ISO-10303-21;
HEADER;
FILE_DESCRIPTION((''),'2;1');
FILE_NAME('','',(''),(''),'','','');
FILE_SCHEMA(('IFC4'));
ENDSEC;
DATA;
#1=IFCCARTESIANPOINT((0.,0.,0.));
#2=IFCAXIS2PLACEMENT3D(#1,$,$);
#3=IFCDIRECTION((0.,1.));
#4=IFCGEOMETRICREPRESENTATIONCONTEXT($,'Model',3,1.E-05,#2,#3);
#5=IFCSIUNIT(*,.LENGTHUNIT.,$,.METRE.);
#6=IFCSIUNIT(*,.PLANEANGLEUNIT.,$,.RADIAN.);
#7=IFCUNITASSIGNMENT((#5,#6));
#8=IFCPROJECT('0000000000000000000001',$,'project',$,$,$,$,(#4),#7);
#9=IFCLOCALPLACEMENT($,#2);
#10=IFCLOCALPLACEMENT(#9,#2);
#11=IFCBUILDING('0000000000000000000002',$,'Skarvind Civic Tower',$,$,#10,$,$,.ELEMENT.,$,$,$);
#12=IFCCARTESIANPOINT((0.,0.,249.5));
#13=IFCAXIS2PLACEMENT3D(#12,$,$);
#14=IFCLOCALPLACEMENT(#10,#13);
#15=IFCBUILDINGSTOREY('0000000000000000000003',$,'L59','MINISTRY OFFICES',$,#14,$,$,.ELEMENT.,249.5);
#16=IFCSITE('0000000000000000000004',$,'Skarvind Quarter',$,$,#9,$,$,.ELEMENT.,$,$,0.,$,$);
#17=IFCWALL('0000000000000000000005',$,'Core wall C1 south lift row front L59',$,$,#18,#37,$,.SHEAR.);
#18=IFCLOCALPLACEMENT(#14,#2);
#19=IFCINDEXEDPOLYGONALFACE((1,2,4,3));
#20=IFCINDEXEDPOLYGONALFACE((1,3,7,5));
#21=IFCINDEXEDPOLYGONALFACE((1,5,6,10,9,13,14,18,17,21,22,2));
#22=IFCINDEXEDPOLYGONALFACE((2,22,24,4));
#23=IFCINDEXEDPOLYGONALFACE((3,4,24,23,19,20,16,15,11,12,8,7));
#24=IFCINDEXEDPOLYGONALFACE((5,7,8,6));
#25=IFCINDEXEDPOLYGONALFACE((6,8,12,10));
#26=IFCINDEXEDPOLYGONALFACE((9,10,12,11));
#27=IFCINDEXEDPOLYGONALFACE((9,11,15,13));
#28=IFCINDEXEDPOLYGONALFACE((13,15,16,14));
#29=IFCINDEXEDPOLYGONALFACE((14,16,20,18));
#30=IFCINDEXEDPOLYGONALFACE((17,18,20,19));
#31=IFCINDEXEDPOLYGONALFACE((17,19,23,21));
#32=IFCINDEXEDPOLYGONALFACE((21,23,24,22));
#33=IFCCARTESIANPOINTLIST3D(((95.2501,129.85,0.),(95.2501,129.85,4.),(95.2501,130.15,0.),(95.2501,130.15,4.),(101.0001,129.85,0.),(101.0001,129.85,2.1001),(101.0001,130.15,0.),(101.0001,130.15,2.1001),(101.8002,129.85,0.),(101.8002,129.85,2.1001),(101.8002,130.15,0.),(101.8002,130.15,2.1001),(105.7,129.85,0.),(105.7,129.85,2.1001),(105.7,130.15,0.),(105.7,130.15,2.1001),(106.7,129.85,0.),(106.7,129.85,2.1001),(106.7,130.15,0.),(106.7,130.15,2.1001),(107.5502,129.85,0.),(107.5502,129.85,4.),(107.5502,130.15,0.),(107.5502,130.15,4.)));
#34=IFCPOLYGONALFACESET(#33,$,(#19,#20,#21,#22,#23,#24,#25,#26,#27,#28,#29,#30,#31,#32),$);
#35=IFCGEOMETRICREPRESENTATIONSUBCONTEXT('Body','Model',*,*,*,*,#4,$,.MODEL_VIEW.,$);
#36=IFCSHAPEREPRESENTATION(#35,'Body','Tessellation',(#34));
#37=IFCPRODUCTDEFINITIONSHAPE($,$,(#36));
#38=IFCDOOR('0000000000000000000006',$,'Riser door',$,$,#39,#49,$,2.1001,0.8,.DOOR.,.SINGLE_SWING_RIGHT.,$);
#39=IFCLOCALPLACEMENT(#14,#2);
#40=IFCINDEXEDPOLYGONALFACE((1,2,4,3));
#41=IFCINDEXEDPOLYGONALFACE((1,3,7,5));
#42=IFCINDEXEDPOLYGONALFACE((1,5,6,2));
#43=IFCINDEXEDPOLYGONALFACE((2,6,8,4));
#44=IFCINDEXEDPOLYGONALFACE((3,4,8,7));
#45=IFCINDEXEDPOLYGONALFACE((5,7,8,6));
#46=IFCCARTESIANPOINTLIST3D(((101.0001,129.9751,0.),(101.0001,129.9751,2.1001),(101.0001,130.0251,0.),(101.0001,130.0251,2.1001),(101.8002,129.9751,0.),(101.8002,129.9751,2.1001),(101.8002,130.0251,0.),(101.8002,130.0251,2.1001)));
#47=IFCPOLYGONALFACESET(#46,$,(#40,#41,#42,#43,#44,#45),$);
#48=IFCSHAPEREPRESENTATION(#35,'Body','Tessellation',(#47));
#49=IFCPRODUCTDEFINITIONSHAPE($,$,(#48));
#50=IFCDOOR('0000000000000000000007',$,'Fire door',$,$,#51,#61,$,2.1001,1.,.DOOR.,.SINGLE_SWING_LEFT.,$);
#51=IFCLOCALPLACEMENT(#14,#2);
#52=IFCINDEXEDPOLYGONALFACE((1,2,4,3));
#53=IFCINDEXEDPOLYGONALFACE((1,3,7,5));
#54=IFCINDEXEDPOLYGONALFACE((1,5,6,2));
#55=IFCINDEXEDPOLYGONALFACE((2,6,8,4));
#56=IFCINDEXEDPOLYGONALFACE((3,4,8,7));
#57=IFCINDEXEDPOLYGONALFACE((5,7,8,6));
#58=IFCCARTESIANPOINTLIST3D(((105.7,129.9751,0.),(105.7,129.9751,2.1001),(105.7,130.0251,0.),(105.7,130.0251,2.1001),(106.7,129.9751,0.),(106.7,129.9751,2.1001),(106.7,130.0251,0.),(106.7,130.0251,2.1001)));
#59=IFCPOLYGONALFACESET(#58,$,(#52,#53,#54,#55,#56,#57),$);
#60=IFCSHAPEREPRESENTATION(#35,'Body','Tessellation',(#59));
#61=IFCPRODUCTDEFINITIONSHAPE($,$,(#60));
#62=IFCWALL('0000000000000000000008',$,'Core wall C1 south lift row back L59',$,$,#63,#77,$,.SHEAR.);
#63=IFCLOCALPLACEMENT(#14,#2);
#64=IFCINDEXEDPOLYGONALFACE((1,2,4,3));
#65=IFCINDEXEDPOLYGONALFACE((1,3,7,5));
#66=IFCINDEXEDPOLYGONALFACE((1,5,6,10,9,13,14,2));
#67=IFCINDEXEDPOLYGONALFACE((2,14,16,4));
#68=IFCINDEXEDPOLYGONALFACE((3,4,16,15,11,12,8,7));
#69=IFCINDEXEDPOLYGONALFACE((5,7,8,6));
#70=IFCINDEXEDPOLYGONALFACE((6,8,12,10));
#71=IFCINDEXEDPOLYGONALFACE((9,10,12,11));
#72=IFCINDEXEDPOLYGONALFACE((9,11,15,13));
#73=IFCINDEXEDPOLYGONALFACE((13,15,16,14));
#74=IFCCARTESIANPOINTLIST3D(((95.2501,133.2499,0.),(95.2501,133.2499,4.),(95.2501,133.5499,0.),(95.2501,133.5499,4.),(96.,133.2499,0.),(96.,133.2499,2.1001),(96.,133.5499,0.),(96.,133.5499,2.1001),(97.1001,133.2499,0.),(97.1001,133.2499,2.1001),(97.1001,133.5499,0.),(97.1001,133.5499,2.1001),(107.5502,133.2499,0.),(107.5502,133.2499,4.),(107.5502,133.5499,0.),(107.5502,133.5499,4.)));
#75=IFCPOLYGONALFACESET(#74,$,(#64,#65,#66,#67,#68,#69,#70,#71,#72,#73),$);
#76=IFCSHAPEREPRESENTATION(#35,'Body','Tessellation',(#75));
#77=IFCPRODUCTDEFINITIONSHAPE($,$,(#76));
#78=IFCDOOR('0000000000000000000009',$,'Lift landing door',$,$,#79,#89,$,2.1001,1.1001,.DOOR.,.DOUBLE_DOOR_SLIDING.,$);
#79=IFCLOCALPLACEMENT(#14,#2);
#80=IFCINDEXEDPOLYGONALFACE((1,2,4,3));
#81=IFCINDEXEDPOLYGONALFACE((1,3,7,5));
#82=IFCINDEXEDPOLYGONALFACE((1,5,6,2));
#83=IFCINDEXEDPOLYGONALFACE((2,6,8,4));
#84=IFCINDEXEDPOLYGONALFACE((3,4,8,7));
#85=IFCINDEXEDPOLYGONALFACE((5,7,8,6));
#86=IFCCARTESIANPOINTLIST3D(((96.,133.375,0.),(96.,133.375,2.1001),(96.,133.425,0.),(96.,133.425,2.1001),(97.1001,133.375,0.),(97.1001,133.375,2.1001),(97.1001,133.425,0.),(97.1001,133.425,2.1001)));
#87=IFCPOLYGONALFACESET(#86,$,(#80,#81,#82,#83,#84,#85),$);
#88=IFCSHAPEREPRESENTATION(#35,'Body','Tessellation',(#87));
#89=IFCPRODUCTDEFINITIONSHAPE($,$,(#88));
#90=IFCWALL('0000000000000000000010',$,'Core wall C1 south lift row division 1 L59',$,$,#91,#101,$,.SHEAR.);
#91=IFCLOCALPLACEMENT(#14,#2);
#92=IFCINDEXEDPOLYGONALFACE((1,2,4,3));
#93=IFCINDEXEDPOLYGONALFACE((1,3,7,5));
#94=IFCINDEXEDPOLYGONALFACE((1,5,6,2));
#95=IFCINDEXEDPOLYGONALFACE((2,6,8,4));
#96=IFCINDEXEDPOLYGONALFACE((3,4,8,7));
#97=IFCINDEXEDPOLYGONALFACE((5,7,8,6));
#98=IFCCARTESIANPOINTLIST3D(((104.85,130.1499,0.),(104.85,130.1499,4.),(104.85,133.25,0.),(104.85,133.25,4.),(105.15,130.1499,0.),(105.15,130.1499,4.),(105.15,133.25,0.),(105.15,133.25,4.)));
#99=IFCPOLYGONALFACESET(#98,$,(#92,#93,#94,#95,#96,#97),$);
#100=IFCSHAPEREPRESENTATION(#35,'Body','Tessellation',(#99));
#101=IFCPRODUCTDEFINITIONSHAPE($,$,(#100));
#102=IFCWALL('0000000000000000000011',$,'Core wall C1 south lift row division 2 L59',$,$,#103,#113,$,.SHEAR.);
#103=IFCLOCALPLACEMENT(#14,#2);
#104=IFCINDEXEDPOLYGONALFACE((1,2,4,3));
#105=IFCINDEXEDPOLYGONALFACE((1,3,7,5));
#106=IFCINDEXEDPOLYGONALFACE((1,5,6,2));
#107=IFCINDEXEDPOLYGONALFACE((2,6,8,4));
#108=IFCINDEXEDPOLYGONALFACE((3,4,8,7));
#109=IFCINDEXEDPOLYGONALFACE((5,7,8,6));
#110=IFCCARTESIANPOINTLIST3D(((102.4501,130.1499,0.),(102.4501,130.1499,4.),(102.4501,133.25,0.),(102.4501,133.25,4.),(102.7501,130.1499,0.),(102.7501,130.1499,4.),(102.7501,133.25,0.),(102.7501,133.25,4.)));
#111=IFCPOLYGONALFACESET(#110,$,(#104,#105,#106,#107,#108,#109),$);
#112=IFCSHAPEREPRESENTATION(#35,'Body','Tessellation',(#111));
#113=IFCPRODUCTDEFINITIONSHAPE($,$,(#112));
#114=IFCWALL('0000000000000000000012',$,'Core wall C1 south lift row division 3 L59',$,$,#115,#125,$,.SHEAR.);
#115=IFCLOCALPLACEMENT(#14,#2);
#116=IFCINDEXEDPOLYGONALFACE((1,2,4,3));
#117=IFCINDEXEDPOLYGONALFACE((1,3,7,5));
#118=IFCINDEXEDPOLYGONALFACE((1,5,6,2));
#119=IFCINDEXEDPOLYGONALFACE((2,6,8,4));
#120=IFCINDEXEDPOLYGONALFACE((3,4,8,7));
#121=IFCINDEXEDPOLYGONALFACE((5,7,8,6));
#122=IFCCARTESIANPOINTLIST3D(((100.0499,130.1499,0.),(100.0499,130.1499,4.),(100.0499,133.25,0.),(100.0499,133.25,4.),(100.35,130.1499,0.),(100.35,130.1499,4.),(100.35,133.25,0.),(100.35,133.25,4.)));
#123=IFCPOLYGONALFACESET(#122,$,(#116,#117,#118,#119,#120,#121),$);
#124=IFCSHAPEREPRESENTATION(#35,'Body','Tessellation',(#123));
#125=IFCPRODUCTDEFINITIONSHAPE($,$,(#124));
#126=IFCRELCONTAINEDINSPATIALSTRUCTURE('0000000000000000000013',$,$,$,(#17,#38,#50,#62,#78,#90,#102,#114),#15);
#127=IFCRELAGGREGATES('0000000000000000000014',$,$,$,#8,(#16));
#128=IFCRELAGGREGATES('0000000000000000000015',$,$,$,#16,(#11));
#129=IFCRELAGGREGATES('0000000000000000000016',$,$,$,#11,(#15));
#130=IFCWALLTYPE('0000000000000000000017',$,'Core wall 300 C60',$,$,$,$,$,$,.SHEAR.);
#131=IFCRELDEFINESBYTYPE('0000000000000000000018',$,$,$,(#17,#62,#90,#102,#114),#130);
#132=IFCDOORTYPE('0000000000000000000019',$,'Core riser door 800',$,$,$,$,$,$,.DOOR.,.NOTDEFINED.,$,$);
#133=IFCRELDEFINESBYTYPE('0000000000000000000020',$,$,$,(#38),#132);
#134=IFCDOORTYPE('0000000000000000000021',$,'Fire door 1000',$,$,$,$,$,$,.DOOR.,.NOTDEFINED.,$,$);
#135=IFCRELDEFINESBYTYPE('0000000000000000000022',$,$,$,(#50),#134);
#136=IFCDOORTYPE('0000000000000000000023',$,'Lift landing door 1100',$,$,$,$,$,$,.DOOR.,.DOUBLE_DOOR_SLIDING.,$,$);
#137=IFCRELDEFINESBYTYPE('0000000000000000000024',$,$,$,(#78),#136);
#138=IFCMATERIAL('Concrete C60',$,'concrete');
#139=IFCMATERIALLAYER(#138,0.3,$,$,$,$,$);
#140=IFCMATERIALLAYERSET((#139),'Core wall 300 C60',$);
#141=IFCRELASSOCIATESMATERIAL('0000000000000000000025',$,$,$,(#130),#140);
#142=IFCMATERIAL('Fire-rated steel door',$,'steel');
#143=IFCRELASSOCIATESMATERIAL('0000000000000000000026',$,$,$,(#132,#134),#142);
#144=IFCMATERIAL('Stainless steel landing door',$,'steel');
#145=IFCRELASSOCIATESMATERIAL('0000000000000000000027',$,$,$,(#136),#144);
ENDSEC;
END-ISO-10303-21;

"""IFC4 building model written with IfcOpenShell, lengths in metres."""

from ifc_helpers import new_model, si_unit, direction, frame, frame_2d, origin, place, context, subcontext, project, spatial, rectangle, extrude, material, layer, layer_set, type_object, element, fill, save


model = new_model("IFC4")

# Units and contexts
model_context = context("Model", 3, precision=1e-05, world=origin(), true_north=direction((0.0, 1.0)))
body_context = subcontext(model_context, "Body", "Model", "MODEL_VIEW")
ifc_project = project(units=[si_unit("LENGTHUNIT", "METRE"), si_unit("PLANEANGLEUNIT", "RADIAN")], contexts=[model_context])

# Site, building, storey
site_placement = place(None, origin())
site = spatial("IfcSite", under=ifc_project, at=site_placement, Name="Skarvind Quarter", CompositionType="ELEMENT", RefElevation=0.0)
building_placement = place(site_placement, origin())
building = spatial("IfcBuilding", under=site, at=building_placement, Name="Skarvind Civic Tower", CompositionType="ELEMENT")
storey_placement = place(building_placement, frame((0.0, 0.0, 249.5)))
storey = spatial("IfcBuildingStorey", under=building, at=storey_placement, Name="L59", Description="MINISTRY OFFICES", CompositionType="ELEMENT", Elevation=249.5)

# Wall, openings, doors
ifc_material_1 = material(Name="Concrete C60", Category="concrete")
ifc_layer_1 = layer(ifc_material_1, 0.3)
ifc_layer_set_1 = layer_set([ifc_layer_1], Name="Core wall 300 C60")
wall_type_1 = type_object("IfcWallType", Name="Core wall 300 C60", PredefinedType="SHEAR", material=ifc_layer_set_1)
wall_1_placement = place(storey_placement, frame((107.55, 130.0, 0.0), z_axis=(0.0, 0.0, 1.0), x_axis=(-1.0, 0.0, 0.0)))
wall_1 = element("IfcWall", 1, at=wall_1_placement, inside=storey, type_object=wall_type_1, Name="Core wall C1 south lift row front L59", PredefinedType="SHEAR", context=body_context, shape_type="SweptSolid", body=[
    extrude(rectangle(XDim=12.3, YDim=0.3, at=frame_2d((6.1499, 0.0))), origin(), (0.0, 0.0, 1.0), 4.0),
])
opening_1_placement = place(wall_1_placement, frame((0.8501, 0.0, 0.0)))
opening_1 = element("IfcOpeningElement", 2, at=opening_1_placement, cuts=wall_1, PredefinedType="OPENING", context=body_context, shape_type="SweptSolid", body=[
    extrude(rectangle(XDim=1.0, YDim=2.1001, at=frame_2d((0.5, 1.05))), frame((0.0, 0.1599, 0.0), z_axis=(0.0, -1.0, 0.0), x_axis=(1.0, 0.0, 0.0)), (0.0, 0.0, 1.0), 0.3201),
])
opening_2_placement = place(wall_1_placement, frame((5.75, 0.0, 0.0)))
opening_2 = element("IfcOpeningElement", 3, at=opening_2_placement, cuts=wall_1, PredefinedType="OPENING", context=body_context, shape_type="SweptSolid", body=[
    extrude(rectangle(XDim=0.8, YDim=2.1001, at=frame_2d((0.3999, 1.05))), frame((0.0, 0.1599, 0.0), z_axis=(0.0, -1.0, 0.0), x_axis=(1.0, 0.0, 0.0)), (0.0, 0.0, 1.0), 0.3201),
])
ifc_material_2 = material(Name="Fire-rated steel door", Category="steel")
door_type_1 = type_object("IfcDoorType", Name="Core riser door 800", OperationType="NOTDEFINED", PredefinedType="DOOR", material=ifc_material_2)
door_1_placement = place(opening_2_placement, origin())
door_1 = element("IfcDoor", 4, at=door_1_placement, inside=storey, type_object=door_type_1, Name="Riser door", OperationType="SINGLE_SWING_RIGHT", OverallHeight=2.1001, OverallWidth=0.8, PredefinedType="DOOR", context=body_context, shape_type="SweptSolid", body=[
    extrude(rectangle(XDim=0.8, YDim=2.1001, at=frame_2d((0.3999, 1.05))), frame((0.0, 0.0249, 0.0), z_axis=(0.0, -1.0, 0.0), x_axis=(1.0, 0.0, 0.0)), (0.0, 0.0, 1.0), 0.05),
])
fill(opening_2, door_1)
door_type_2 = type_object("IfcDoorType", Name="Fire door 1000", OperationType="NOTDEFINED", PredefinedType="DOOR", material=ifc_material_2)
door_2_placement = place(opening_1_placement, origin())
door_2 = element("IfcDoor", 5, at=door_2_placement, inside=storey, type_object=door_type_2, Name="Fire door", OperationType="SINGLE_SWING_LEFT", OverallHeight=2.1001, OverallWidth=1.0, PredefinedType="DOOR", context=body_context, shape_type="SweptSolid", body=[
    extrude(rectangle(XDim=1.0, YDim=2.1001, at=frame_2d((0.5, 1.05))), frame((0.0, 0.0249, 0.0), z_axis=(0.0, -1.0, 0.0), x_axis=(1.0, 0.0, 0.0)), (0.0, 0.0, 1.0), 0.05),
])
fill(opening_1, door_2)

# Wall, opening, door
wall_2_placement = place(storey_placement, frame((107.55, 133.3999, 0.0), z_axis=(0.0, 0.0, 1.0), x_axis=(-1.0, 0.0, 0.0)))
wall_2 = element("IfcWall", 6, at=wall_2_placement, inside=storey, type_object=wall_type_1, Name="Core wall C1 south lift row back L59", PredefinedType="SHEAR", context=body_context, shape_type="SweptSolid", body=[
    extrude(rectangle(XDim=12.3, YDim=0.3, at=frame_2d((6.1499, 0.0))), origin(), (0.0, 0.0, 1.0), 4.0),
])
opening_3_placement = place(wall_2_placement, frame((10.45, 0.0, 0.0)))
opening_3 = element("IfcOpeningElement", 7, at=opening_3_placement, cuts=wall_2, PredefinedType="OPENING", context=body_context, shape_type="SweptSolid", body=[
    extrude(rectangle(XDim=1.1001, YDim=2.1001, at=frame_2d((0.55, 1.05))), frame((0.0, 0.1599, 0.0), z_axis=(0.0, -1.0, 0.0), x_axis=(1.0, 0.0, 0.0)), (0.0, 0.0, 1.0), 0.3201),
])
ifc_material_3 = material(Name="Stainless steel landing door", Category="steel")
door_type_3 = type_object("IfcDoorType", Name="Lift landing door 1100", OperationType="DOUBLE_DOOR_SLIDING", PredefinedType="DOOR", material=ifc_material_3)
door_3_placement = place(opening_3_placement, origin())
door_3 = element("IfcDoor", 8, at=door_3_placement, inside=storey, type_object=door_type_3, Name="Lift landing door", OperationType="DOUBLE_DOOR_SLIDING", OverallHeight=2.1001, OverallWidth=1.1001, PredefinedType="DOOR", context=body_context, shape_type="SweptSolid", body=[
    extrude(rectangle(XDim=1.1001, YDim=2.1001, at=frame_2d((0.55, 1.05))), frame((0.0, 0.0249, 0.0), z_axis=(0.0, -1.0, 0.0), x_axis=(1.0, 0.0, 0.0)), (0.0, 0.0, 1.0), 0.05),
])
fill(opening_3, door_3)

# Walls
for number, where, z_axis, x_axis, name in (
    (9, (105.0, 133.25, 0.0), (0.0, 0.0, 1.0), (0.0, -1.0, 0.0), "Core wall C1 south lift row division 1 L59"),
    (10, (102.6001, 133.25, 0.0), (0.0, 0.0, 1.0), (0.0, -1.0, 0.0), "Core wall C1 south lift row division 2 L59"),
    (11, (100.2, 133.25, 0.0), (0.0, 0.0, 1.0), (0.0, -1.0, 0.0), "Core wall C1 south lift row division 3 L59"),
):
    element("IfcWall", number, at=place(storey_placement, frame(where, z_axis=z_axis, x_axis=x_axis)), inside=storey, type_object=wall_type_1, Name=name, PredefinedType="SHEAR", context=body_context, shape_type="SweptSolid", body=[
        extrude(rectangle(XDim=3.1001, YDim=0.3, at=frame_2d((1.55, 0.0))), origin(), (0.0, 0.0, 1.0), 4.0),
    ])

save(model, "model.ifc")
